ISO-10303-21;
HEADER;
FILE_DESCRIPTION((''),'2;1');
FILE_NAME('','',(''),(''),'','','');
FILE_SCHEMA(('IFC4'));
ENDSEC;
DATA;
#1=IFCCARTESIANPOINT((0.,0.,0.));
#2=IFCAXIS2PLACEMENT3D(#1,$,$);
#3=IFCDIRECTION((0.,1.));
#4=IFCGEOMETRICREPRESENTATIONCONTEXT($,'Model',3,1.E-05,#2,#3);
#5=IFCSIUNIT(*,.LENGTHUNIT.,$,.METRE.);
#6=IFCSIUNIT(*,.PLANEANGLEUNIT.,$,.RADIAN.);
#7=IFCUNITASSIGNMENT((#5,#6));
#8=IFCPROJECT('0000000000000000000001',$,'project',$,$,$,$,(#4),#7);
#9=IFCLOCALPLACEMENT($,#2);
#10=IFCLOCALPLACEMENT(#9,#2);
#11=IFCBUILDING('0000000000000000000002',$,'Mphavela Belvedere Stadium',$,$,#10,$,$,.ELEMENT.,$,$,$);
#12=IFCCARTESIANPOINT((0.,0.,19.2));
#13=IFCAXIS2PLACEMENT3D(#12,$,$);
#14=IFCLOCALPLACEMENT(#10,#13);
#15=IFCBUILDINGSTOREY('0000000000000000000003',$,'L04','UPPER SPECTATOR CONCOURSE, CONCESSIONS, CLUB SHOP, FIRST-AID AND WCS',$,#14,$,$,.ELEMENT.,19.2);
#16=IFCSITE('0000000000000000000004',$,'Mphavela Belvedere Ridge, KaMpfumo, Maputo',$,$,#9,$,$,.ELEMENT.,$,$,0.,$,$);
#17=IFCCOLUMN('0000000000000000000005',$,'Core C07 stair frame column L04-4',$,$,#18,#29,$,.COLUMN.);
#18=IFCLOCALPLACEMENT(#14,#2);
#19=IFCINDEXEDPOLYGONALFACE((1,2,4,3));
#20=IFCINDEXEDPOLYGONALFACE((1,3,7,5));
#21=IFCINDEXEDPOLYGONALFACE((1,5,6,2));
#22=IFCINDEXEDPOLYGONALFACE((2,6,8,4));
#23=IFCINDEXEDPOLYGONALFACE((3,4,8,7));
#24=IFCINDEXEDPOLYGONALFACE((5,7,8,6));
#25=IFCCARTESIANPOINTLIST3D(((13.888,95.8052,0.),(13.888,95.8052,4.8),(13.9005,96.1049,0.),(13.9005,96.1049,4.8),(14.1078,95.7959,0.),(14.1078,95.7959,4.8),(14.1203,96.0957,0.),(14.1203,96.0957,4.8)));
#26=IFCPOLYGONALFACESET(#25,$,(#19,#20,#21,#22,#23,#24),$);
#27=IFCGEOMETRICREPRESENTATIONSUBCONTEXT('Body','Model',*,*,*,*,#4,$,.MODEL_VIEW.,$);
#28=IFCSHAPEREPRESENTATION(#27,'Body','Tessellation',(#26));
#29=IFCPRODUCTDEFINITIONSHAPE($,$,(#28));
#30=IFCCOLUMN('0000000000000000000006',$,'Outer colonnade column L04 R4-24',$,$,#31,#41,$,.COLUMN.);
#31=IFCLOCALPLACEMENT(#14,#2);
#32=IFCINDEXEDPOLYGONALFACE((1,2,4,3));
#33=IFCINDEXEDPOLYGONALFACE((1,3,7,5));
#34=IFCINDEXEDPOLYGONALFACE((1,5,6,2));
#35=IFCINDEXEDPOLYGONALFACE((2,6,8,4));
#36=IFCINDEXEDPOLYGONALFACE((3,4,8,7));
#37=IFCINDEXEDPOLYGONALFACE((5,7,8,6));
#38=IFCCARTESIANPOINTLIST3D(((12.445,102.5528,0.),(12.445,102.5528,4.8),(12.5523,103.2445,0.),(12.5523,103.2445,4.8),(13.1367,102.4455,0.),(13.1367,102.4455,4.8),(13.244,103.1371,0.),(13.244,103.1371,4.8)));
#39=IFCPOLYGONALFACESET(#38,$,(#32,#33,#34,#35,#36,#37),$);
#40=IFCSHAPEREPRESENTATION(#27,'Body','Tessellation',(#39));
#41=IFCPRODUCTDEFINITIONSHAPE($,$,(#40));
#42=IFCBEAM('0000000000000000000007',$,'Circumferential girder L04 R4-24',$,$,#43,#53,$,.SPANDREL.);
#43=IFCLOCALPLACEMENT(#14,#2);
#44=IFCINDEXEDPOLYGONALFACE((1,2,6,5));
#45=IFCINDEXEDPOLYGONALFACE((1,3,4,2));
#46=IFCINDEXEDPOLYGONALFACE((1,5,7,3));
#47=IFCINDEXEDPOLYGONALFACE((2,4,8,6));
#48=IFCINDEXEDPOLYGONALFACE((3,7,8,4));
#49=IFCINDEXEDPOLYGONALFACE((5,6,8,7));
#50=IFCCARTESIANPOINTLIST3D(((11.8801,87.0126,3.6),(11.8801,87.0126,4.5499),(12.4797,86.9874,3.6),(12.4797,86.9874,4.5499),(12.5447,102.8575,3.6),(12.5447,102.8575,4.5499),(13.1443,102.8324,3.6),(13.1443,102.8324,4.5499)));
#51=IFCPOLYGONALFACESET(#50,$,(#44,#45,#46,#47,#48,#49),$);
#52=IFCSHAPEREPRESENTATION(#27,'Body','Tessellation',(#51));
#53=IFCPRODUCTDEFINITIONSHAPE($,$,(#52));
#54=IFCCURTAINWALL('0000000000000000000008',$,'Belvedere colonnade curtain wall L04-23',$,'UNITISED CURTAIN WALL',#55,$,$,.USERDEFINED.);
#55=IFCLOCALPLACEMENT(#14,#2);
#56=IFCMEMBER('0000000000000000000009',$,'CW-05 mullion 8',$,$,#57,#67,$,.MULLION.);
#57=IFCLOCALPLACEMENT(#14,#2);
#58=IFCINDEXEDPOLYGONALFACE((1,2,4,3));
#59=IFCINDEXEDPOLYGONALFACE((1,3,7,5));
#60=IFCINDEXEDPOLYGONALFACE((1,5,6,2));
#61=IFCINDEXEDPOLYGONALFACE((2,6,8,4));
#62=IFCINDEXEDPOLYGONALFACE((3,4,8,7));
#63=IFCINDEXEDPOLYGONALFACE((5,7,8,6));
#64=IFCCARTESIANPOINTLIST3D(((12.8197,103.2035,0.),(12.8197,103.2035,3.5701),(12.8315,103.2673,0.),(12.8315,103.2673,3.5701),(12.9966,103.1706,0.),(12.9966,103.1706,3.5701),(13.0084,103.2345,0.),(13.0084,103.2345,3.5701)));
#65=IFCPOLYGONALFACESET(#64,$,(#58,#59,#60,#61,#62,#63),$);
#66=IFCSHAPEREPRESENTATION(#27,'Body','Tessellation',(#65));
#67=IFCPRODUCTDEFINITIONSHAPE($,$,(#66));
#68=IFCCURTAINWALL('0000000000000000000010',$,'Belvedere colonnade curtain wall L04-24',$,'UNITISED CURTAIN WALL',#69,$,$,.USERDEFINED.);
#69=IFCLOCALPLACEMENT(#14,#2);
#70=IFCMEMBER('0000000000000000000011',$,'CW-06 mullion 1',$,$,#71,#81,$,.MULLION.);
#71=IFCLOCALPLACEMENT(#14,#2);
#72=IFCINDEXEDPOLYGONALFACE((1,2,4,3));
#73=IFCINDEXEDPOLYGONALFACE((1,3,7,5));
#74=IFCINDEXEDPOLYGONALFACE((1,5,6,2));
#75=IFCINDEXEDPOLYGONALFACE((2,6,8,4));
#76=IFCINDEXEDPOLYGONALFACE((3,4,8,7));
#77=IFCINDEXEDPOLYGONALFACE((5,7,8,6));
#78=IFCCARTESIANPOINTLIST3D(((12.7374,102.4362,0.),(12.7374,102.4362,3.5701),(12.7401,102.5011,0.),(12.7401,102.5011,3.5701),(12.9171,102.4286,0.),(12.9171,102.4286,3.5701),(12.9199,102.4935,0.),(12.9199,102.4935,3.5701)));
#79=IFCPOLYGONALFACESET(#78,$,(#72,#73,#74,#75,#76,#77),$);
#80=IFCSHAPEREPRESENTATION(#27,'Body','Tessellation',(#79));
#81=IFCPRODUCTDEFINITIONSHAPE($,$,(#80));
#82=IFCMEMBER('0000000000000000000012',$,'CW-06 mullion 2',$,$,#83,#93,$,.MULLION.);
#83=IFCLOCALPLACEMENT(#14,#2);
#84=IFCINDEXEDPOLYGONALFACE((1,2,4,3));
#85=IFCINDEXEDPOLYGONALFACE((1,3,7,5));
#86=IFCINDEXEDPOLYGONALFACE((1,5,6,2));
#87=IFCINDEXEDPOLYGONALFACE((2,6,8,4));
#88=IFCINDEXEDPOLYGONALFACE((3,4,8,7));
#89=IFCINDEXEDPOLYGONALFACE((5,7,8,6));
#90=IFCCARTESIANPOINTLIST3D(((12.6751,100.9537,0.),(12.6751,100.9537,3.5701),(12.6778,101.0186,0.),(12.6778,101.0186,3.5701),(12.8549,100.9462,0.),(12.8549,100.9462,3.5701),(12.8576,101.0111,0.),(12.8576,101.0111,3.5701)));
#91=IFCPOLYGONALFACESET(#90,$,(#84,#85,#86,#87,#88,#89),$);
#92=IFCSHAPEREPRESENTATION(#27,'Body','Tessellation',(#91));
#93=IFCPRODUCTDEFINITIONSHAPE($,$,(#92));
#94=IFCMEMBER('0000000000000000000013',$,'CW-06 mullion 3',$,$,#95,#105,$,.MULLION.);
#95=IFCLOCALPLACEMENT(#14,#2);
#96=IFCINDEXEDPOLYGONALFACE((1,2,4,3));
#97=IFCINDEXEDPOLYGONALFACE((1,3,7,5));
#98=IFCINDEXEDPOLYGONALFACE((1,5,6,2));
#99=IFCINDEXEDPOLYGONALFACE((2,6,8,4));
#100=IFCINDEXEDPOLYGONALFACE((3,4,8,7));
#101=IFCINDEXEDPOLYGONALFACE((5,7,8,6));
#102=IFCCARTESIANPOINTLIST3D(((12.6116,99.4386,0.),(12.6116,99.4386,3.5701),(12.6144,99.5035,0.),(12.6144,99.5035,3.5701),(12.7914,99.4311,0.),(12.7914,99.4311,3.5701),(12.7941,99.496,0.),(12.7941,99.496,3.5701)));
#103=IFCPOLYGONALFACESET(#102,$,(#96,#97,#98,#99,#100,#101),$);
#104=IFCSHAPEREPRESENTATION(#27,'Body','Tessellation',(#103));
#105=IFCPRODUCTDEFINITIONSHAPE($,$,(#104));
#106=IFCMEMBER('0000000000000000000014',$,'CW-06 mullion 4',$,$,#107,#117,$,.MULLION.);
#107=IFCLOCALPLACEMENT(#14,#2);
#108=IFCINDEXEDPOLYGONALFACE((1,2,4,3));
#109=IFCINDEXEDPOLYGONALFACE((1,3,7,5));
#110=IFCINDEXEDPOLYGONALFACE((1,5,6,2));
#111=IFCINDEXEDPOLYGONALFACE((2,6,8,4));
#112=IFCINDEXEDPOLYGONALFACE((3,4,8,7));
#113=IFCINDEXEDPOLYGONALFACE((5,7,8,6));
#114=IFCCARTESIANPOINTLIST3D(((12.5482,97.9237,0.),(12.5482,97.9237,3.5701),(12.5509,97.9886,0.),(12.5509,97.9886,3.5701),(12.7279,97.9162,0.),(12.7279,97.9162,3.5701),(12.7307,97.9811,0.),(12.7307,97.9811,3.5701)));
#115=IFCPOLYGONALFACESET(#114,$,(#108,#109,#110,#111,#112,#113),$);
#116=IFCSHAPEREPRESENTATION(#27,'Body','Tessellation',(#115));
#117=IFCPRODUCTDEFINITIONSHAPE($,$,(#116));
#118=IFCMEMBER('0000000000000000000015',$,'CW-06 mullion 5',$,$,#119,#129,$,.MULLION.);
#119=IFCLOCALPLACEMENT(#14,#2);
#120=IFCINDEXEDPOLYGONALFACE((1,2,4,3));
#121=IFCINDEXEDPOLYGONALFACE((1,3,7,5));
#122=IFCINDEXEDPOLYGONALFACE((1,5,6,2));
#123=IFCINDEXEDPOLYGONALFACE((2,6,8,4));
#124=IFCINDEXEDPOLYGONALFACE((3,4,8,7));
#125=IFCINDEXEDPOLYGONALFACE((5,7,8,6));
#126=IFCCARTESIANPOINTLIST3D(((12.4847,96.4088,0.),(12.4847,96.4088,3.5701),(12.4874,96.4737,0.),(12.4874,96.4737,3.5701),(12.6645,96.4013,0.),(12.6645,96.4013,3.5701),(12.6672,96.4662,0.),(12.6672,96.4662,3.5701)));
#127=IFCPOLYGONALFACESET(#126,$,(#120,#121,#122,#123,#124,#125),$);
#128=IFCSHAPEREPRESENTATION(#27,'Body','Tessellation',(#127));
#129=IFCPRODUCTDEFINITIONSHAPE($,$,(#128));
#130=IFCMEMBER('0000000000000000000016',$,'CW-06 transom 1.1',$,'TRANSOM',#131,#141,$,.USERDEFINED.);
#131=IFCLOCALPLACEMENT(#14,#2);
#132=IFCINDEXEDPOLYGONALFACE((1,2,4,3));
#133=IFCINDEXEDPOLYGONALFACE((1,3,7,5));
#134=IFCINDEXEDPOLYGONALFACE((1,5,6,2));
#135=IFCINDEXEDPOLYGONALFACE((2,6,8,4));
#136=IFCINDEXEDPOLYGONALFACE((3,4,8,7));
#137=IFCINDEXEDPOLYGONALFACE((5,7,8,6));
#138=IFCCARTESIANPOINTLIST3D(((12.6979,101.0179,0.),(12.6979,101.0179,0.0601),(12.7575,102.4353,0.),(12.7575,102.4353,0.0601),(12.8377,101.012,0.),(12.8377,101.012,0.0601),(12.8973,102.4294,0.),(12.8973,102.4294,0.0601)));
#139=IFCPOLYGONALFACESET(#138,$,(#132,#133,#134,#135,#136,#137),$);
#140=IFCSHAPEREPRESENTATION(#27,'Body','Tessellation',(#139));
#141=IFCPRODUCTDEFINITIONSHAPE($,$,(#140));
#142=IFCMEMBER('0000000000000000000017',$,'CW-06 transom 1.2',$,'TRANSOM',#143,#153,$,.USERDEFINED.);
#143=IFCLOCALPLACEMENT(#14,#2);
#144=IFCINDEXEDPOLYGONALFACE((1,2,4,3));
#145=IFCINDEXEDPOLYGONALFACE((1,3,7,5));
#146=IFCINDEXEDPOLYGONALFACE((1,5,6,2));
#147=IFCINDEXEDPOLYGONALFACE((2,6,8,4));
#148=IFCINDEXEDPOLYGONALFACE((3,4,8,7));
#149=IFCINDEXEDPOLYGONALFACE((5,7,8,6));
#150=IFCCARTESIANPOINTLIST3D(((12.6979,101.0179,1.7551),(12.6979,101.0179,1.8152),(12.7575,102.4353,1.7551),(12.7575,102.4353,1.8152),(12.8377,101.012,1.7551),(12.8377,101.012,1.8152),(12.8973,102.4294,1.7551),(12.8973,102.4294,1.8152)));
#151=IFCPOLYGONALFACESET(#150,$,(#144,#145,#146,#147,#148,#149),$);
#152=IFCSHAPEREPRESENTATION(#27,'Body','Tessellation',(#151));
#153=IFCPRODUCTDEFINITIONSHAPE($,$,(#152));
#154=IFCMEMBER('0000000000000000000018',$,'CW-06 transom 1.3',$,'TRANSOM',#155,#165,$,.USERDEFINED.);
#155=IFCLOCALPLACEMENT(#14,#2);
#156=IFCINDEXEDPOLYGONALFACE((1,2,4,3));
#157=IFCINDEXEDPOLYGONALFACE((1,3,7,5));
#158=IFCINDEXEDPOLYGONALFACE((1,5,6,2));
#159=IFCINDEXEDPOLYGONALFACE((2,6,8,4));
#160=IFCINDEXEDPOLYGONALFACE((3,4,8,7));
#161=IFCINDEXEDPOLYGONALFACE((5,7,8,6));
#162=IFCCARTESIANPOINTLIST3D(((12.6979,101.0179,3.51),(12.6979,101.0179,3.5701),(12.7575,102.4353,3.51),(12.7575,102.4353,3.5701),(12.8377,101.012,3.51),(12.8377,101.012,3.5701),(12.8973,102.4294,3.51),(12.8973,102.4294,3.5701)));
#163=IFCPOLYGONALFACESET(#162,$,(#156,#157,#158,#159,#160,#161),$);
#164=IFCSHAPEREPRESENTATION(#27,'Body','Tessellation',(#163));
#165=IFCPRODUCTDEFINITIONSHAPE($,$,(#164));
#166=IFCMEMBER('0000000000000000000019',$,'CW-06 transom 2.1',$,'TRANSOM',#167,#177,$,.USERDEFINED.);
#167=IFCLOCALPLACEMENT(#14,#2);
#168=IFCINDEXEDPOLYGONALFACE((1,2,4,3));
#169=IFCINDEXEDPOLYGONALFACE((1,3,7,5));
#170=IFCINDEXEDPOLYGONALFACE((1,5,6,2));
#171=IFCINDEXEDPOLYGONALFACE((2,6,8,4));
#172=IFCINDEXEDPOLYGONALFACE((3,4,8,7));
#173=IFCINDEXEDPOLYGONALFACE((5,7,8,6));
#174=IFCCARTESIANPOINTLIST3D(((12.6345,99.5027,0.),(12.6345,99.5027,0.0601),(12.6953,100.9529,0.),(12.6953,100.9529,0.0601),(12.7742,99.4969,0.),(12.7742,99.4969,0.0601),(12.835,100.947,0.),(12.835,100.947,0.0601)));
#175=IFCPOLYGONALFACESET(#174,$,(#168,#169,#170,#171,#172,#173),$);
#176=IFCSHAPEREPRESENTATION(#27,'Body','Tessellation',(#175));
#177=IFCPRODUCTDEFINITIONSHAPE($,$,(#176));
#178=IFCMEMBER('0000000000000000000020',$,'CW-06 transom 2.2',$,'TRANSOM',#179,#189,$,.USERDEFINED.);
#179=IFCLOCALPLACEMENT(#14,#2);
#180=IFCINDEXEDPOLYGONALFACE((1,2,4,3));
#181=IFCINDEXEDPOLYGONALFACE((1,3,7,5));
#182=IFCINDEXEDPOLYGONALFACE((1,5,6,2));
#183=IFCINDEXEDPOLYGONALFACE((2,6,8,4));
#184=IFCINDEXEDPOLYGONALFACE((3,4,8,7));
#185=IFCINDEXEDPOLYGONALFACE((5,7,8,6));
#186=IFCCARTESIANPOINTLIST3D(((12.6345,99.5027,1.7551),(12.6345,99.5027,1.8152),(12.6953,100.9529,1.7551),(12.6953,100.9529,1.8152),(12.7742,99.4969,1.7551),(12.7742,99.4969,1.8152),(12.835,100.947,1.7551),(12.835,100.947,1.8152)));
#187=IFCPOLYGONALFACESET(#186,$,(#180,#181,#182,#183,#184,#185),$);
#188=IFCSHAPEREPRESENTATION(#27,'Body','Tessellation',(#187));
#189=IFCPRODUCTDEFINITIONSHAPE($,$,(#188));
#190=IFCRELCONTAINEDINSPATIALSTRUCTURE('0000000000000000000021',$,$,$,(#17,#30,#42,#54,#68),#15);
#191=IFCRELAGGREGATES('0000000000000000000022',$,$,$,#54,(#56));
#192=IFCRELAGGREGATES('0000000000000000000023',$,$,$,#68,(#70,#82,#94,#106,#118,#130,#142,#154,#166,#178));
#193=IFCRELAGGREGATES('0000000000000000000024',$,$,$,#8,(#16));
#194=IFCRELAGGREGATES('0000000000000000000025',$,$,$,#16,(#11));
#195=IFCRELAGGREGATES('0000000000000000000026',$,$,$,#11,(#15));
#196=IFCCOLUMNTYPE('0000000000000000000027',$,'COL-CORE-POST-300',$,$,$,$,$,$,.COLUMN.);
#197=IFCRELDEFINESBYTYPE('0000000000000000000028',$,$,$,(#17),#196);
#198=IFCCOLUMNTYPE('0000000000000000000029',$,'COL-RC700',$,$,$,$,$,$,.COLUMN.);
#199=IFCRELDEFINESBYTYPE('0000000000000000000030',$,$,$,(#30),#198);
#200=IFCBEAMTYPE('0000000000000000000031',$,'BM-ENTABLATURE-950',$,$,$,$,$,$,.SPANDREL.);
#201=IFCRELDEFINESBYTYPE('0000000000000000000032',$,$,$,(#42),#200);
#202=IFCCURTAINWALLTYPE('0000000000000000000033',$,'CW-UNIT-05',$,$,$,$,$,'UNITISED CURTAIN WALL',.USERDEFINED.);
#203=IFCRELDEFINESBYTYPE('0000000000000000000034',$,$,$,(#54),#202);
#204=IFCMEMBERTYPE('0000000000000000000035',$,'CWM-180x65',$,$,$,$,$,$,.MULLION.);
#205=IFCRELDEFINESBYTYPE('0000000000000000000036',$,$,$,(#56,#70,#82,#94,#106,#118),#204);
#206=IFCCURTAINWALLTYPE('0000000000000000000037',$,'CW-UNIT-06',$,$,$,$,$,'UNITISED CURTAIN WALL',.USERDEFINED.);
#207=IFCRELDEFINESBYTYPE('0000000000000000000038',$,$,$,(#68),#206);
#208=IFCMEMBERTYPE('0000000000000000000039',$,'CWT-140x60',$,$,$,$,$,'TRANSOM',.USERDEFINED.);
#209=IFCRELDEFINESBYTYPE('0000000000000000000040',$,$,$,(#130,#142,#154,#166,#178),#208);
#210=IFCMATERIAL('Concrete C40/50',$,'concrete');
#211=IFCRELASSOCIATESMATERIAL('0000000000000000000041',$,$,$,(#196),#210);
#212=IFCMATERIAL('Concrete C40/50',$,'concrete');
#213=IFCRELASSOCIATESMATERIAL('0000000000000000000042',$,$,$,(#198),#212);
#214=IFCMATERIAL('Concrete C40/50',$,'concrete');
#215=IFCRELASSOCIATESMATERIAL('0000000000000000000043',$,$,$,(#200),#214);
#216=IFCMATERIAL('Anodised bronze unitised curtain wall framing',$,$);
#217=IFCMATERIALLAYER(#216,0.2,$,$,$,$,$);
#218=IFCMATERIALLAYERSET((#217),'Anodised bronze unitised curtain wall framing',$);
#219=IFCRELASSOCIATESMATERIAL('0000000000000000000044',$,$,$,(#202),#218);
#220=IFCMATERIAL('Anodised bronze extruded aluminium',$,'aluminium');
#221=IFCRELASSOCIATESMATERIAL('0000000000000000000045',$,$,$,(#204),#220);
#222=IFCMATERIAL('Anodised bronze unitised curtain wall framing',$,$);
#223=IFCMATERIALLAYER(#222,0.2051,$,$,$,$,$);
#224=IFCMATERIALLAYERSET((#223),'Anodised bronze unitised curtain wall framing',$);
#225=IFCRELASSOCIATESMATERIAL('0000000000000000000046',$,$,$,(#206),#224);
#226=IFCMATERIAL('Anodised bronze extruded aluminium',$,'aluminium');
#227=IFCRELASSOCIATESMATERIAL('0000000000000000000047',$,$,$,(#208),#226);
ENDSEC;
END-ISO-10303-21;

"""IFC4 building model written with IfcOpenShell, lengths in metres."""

from ifc_helpers import new_model, si_unit, direction, frame, origin, origin_2d, place, context, subcontext, project, spatial, rectangle, extrude, material, layer, layer_set, material_profile, profile_set, type_object, element, aggregate, save


model = new_model("IFC4")

# Units and contexts
model_context = context("Model", 3, precision=1e-05, world=origin(), true_north=direction((0.0, 1.0)))
body_context = subcontext(model_context, "Body", "Model", "MODEL_VIEW")
ifc_project = project(units=[si_unit("LENGTHUNIT", "METRE"), si_unit("PLANEANGLEUNIT", "RADIAN")], contexts=[model_context])

# Site, building, storey
site_placement = place(None, origin())
site = spatial("IfcSite", under=ifc_project, at=site_placement, Name="Mphavela Belvedere Ridge, KaMpfumo, Maputo", CompositionType="ELEMENT", RefElevation=0.0)
building_placement = place(site_placement, origin())
building = spatial("IfcBuilding", under=site, at=building_placement, Name="Mphavela Belvedere Stadium", CompositionType="ELEMENT")
storey_placement = place(building_placement, frame((0.0, 0.0, 19.2)))
storey = spatial("IfcBuildingStorey", under=building, at=storey_placement, Name="L04", Description="UPPER SPECTATOR CONCOURSE, CONCESSIONS, CLUB SHOP, FIRST-AID AND WCS", CompositionType="ELEMENT", Elevation=19.2)

# Columns
ifc_material_1 = material(Name="Concrete C40/50", Category="concrete")
ifc_material_profile_1 = material_profile(ifc_material_1, rectangle(XDim=0.3, YDim=0.22, at=origin_2d()), Name="RC 300x220")
ifc_profile_set_1 = profile_set([ifc_material_profile_1], Name="Concrete C40/50")
column_type_1 = type_object("IfcColumnType", Name="COL-CORE-POST-300", PredefinedType="COLUMN", material=ifc_profile_set_1)
column_1_placement = place(storey_placement, frame((14.0042, 95.9504, 0.0), z_axis=(0.0, 0.0, 1.0), x_axis=(0.041876, 0.999123, 0.0)))
element("IfcColumn", 1, at=column_1_placement, inside=storey, type_object=column_type_1, Name="Core C07 stair frame column L04-4", PredefinedType="COLUMN", context=body_context, shape_type="SweptSolid", body=[
    extrude(rectangle(XDim=0.3, YDim=0.22, at=origin_2d()), origin(), (0.0, 0.0, 1.0), 4.8),
])
ifc_material_2 = material(Name="Concrete C40/50", Category="concrete")
ifc_material_profile_2 = material_profile(ifc_material_2, rectangle(XDim=0.7, YDim=0.7, at=origin_2d()), Name="RC 700x700")
ifc_profile_set_2 = profile_set([ifc_material_profile_2], Name="Concrete C40/50")
column_type_2 = type_object("IfcColumnType", Name="COL-RC700", PredefinedType="COLUMN", material=ifc_profile_set_2)
column_2_placement = place(storey_placement, frame((12.8445, 102.845, 0.0), z_axis=(0.0, 0.0, 1.0), x_axis=(-0.988175, 0.153331, 0.0)))
element("IfcColumn", 2, at=column_2_placement, inside=storey, type_object=column_type_2, Name="Outer colonnade column L04 R4-24", PredefinedType="COLUMN", context=body_context, shape_type="SweptSolid", body=[
    extrude(rectangle(XDim=0.7, YDim=0.7, at=origin_2d()), origin(), (0.0, 0.0, 1.0), 4.8),
])

# Beam
ifc_material_3 = material(Name="Concrete C40/50", Category="concrete")
ifc_material_profile_3 = material_profile(ifc_material_3, rectangle(XDim=0.6001, YDim=0.95, at=origin_2d()), Name="RC 600x950")
ifc_profile_set_3 = profile_set([ifc_material_profile_3], Name="Concrete C40/50")
beam_type = type_object("IfcBeamType", Name="BM-ENTABLATURE-950", PredefinedType="SPANDREL", material=ifc_profile_set_3)
beam_placement = place(storey_placement, frame((12.8445, 102.845, 4.075), z_axis=(-0.041904, -0.999122, 0.0), x_axis=(0.999122, -0.041904, 0.0)))
element("IfcBeam", 3, at=beam_placement, inside=storey, type_object=beam_type, Name="Circumferential girder L04 R4-24", PredefinedType="SPANDREL", context=body_context, shape_type="SweptSolid", body=[
    extrude(rectangle(XDim=0.6001, YDim=0.95, at=origin_2d()), origin(), (0.0, 0.0, 1.0), 15.8589),
])

# Curtain wall, member
ifc_material_4 = material(Name="Anodised bronze unitised curtain wall framing")
ifc_layer_1 = layer(ifc_material_4, 0.2)
ifc_layer_set_1 = layer_set([ifc_layer_1], Name="Anodised bronze unitised curtain wall framing")
curtain_wall_type_1 = type_object("IfcCurtainWallType", Name="CW-UNIT-05", ElementType="UNITISED CURTAIN WALL", PredefinedType="USERDEFINED", material=ifc_layer_set_1)
curtain_wall_1_placement = place(storey_placement, origin())
curtain_wall_1 = element("IfcCurtainWall", 4, at=curtain_wall_1_placement, inside=storey, type_object=curtain_wall_type_1, Name="Belvedere colonnade curtain wall L04-23", ObjectType="UNITISED CURTAIN WALL", PredefinedType="USERDEFINED")
ifc_material_5 = material(Name="Anodised bronze extruded aluminium", Category="aluminium")
ifc_material_profile_4 = material_profile(ifc_material_5, rectangle(XDim=0.1799, YDim=0.0649, at=origin_2d()), Name="CW-MUL 180x65")
ifc_profile_set_4 = profile_set([ifc_material_profile_4], Name="Anodised bronze extruded aluminium")
member_type_1 = type_object("IfcMemberType", Name="CWM-180x65", PredefinedType="MULLION", material=ifc_profile_set_4)
member_1_placement = place(storey_placement, frame((12.9141, 103.219, 0.0), z_axis=(0.0, 0.0, 1.0), x_axis=(0.983184, -0.182618, 0.0)))
member_1 = element("IfcMember", 5, at=member_1_placement, type_object=member_type_1, Name="CW-05 mullion 8", PredefinedType="MULLION", context=body_context, shape_type="SweptSolid", body=[
    extrude(rectangle(XDim=0.1799, YDim=0.0649, at=origin_2d()), origin(), (0.0, 0.0, 1.0), 3.5701),
])

# Curtain wall, members
ifc_material_6 = material(Name="Anodised bronze unitised curtain wall framing")
ifc_layer_2 = layer(ifc_material_6, 0.2051)
ifc_layer_set_2 = layer_set([ifc_layer_2], Name="Anodised bronze unitised curtain wall framing")
curtain_wall_type_2 = type_object("IfcCurtainWallType", Name="CW-UNIT-06", ElementType="UNITISED CURTAIN WALL", PredefinedType="USERDEFINED", material=ifc_layer_set_2)
curtain_wall_2_placement = place(storey_placement, origin())
curtain_wall_2 = element("IfcCurtainWall", 6, at=curtain_wall_2_placement, inside=storey, type_object=curtain_wall_type_2, Name="Belvedere colonnade curtain wall L04-24", ObjectType="UNITISED CURTAIN WALL", PredefinedType="USERDEFINED")
member_2_placement = place(storey_placement, frame((12.8286, 102.4648, 0.0), z_axis=(0.0, 0.0, 1.0), x_axis=(0.999122, -0.041905, 0.0)))
member_2 = element("IfcMember", 7, at=member_2_placement, type_object=member_type_1, Name="CW-06 mullion 1", PredefinedType="MULLION", context=body_context, shape_type="SweptSolid", body=[
    extrude(rectangle(XDim=0.1799, YDim=0.0649, at=origin_2d()), origin(), (0.0, 0.0, 1.0), 3.5701),
])
member_3_placement = place(storey_placement, frame((12.7664, 100.9824, 0.0), z_axis=(0.0, 0.0, 1.0), x_axis=(0.999122, -0.041905, 0.0)))
member_3 = element("IfcMember", 8, at=member_3_placement, type_object=member_type_1, Name="CW-06 mullion 2", PredefinedType="MULLION", context=body_context, shape_type="SweptSolid", body=[
    extrude(rectangle(XDim=0.1799, YDim=0.0649, at=origin_2d()), origin(), (0.0, 0.0, 1.0), 3.5701),
])
member_4_placement = place(storey_placement, frame((12.7029, 99.4673, 0.0), z_axis=(0.0, 0.0, 1.0), x_axis=(0.999122, -0.041905, 0.0)))
member_4 = element("IfcMember", 9, at=member_4_placement, type_object=member_type_1, Name="CW-06 mullion 3", PredefinedType="MULLION", context=body_context, shape_type="SweptSolid", body=[
    extrude(rectangle(XDim=0.1799, YDim=0.0649, at=origin_2d()), origin(), (0.0, 0.0, 1.0), 3.5701),
])
member_5_placement = place(storey_placement, frame((12.6394, 97.9524, 0.0), z_axis=(0.0, 0.0, 1.0), x_axis=(0.999122, -0.041905, 0.0)))
member_5 = element("IfcMember", 10, at=member_5_placement, type_object=member_type_1, Name="CW-06 mullion 4", PredefinedType="MULLION", context=body_context, shape_type="SweptSolid", body=[
    extrude(rectangle(XDim=0.1799, YDim=0.0649, at=origin_2d()), origin(), (0.0, 0.0, 1.0), 3.5701),
])
member_6_placement = place(storey_placement, frame((12.5759, 96.4375, 0.0), z_axis=(0.0, 0.0, 1.0), x_axis=(0.999122, -0.041905, 0.0)))
member_6 = element("IfcMember", 11, at=member_6_placement, type_object=member_type_1, Name="CW-06 mullion 5", PredefinedType="MULLION", context=body_context, shape_type="SweptSolid", body=[
    extrude(rectangle(XDim=0.1799, YDim=0.0649, at=origin_2d()), origin(), (0.0, 0.0, 1.0), 3.5701),
])
ifc_material_7 = material(Name="Anodised bronze extruded aluminium", Category="aluminium")
ifc_material_profile_5 = material_profile(ifc_material_7, rectangle(XDim=0.1399, YDim=0.0601, at=origin_2d()), Name="CW-TRN 140x60")
ifc_profile_set_5 = profile_set([ifc_material_profile_5], Name="Anodised bronze extruded aluminium")
member_type_2 = type_object("IfcMemberType", Name="CWT-140x60", ElementType="TRANSOM", PredefinedType="USERDEFINED", material=ifc_profile_set_5)
member_7_placement = place(storey_placement, frame((12.8274, 102.4324, 0.03), z_axis=(-0.041988, -0.999118, 0.0), x_axis=(0.999118, -0.041988, 0.0)))
member_7 = element("IfcMember", 12, at=member_7_placement, type_object=member_type_2, Name="CW-06 transom 1.1", ObjectType="TRANSOM", PredefinedType="USERDEFINED", context=body_context, shape_type="SweptSolid", body=[
    extrude(rectangle(XDim=0.1399, YDim=0.0601, at=origin_2d()), origin(), (0.0, 0.0, 1.0), 1.4187),
])
member_8_placement = place(storey_placement, frame((12.8274, 102.4324, 1.7852), z_axis=(-0.041988, -0.999118, 0.0), x_axis=(0.999118, -0.041988, 0.0)))
member_8 = element("IfcMember", 13, at=member_8_placement, type_object=member_type_2, Name="CW-06 transom 1.2", ObjectType="TRANSOM", PredefinedType="USERDEFINED", context=body_context, shape_type="SweptSolid", body=[
    extrude(rectangle(XDim=0.1399, YDim=0.0601, at=origin_2d()), origin(), (0.0, 0.0, 1.0), 1.4187),
])
member_9_placement = place(storey_placement, frame((12.8274, 102.4324, 3.54), z_axis=(-0.041988, -0.999118, 0.0), x_axis=(0.999118, -0.041988, 0.0)))
member_9 = element("IfcMember", 14, at=member_9_placement, type_object=member_type_2, Name="CW-06 transom 1.3", ObjectType="TRANSOM", PredefinedType="USERDEFINED", context=body_context, shape_type="SweptSolid", body=[
    extrude(rectangle(XDim=0.1399, YDim=0.0601, at=origin_2d()), origin(), (0.0, 0.0, 1.0), 1.4187),
])
member_10_placement = place(storey_placement, frame((12.7651, 100.95, 0.03), z_axis=(-0.041882, -0.999123, 0.0), x_axis=(0.999123, -0.041882, 0.0)))
member_10 = element("IfcMember", 15, at=member_10_placement, type_object=member_type_2, Name="CW-06 transom 2.1", ObjectType="TRANSOM", PredefinedType="USERDEFINED", context=body_context, shape_type="SweptSolid", body=[
    extrude(rectangle(XDim=0.1399, YDim=0.0601, at=origin_2d()), origin(), (0.0, 0.0, 1.0), 1.4514),
])
member_11_placement = place(storey_placement, frame((12.7651, 100.95, 1.7852), z_axis=(-0.041882, -0.999123, 0.0), x_axis=(0.999123, -0.041882, 0.0)))
member_11 = element("IfcMember", 16, at=member_11_placement, type_object=member_type_2, Name="CW-06 transom 2.2", ObjectType="TRANSOM", PredefinedType="USERDEFINED", context=body_context, shape_type="SweptSolid", body=[
    extrude(rectangle(XDim=0.1399, YDim=0.0601, at=origin_2d()), origin(), (0.0, 0.0, 1.0), 1.4514),
])

aggregate(curtain_wall_1, [member_1])
aggregate(curtain_wall_2, [member_2, member_3, member_4, member_5, member_6, member_7, member_8, member_9, member_10, member_11])

save(model, "model.ifc")
